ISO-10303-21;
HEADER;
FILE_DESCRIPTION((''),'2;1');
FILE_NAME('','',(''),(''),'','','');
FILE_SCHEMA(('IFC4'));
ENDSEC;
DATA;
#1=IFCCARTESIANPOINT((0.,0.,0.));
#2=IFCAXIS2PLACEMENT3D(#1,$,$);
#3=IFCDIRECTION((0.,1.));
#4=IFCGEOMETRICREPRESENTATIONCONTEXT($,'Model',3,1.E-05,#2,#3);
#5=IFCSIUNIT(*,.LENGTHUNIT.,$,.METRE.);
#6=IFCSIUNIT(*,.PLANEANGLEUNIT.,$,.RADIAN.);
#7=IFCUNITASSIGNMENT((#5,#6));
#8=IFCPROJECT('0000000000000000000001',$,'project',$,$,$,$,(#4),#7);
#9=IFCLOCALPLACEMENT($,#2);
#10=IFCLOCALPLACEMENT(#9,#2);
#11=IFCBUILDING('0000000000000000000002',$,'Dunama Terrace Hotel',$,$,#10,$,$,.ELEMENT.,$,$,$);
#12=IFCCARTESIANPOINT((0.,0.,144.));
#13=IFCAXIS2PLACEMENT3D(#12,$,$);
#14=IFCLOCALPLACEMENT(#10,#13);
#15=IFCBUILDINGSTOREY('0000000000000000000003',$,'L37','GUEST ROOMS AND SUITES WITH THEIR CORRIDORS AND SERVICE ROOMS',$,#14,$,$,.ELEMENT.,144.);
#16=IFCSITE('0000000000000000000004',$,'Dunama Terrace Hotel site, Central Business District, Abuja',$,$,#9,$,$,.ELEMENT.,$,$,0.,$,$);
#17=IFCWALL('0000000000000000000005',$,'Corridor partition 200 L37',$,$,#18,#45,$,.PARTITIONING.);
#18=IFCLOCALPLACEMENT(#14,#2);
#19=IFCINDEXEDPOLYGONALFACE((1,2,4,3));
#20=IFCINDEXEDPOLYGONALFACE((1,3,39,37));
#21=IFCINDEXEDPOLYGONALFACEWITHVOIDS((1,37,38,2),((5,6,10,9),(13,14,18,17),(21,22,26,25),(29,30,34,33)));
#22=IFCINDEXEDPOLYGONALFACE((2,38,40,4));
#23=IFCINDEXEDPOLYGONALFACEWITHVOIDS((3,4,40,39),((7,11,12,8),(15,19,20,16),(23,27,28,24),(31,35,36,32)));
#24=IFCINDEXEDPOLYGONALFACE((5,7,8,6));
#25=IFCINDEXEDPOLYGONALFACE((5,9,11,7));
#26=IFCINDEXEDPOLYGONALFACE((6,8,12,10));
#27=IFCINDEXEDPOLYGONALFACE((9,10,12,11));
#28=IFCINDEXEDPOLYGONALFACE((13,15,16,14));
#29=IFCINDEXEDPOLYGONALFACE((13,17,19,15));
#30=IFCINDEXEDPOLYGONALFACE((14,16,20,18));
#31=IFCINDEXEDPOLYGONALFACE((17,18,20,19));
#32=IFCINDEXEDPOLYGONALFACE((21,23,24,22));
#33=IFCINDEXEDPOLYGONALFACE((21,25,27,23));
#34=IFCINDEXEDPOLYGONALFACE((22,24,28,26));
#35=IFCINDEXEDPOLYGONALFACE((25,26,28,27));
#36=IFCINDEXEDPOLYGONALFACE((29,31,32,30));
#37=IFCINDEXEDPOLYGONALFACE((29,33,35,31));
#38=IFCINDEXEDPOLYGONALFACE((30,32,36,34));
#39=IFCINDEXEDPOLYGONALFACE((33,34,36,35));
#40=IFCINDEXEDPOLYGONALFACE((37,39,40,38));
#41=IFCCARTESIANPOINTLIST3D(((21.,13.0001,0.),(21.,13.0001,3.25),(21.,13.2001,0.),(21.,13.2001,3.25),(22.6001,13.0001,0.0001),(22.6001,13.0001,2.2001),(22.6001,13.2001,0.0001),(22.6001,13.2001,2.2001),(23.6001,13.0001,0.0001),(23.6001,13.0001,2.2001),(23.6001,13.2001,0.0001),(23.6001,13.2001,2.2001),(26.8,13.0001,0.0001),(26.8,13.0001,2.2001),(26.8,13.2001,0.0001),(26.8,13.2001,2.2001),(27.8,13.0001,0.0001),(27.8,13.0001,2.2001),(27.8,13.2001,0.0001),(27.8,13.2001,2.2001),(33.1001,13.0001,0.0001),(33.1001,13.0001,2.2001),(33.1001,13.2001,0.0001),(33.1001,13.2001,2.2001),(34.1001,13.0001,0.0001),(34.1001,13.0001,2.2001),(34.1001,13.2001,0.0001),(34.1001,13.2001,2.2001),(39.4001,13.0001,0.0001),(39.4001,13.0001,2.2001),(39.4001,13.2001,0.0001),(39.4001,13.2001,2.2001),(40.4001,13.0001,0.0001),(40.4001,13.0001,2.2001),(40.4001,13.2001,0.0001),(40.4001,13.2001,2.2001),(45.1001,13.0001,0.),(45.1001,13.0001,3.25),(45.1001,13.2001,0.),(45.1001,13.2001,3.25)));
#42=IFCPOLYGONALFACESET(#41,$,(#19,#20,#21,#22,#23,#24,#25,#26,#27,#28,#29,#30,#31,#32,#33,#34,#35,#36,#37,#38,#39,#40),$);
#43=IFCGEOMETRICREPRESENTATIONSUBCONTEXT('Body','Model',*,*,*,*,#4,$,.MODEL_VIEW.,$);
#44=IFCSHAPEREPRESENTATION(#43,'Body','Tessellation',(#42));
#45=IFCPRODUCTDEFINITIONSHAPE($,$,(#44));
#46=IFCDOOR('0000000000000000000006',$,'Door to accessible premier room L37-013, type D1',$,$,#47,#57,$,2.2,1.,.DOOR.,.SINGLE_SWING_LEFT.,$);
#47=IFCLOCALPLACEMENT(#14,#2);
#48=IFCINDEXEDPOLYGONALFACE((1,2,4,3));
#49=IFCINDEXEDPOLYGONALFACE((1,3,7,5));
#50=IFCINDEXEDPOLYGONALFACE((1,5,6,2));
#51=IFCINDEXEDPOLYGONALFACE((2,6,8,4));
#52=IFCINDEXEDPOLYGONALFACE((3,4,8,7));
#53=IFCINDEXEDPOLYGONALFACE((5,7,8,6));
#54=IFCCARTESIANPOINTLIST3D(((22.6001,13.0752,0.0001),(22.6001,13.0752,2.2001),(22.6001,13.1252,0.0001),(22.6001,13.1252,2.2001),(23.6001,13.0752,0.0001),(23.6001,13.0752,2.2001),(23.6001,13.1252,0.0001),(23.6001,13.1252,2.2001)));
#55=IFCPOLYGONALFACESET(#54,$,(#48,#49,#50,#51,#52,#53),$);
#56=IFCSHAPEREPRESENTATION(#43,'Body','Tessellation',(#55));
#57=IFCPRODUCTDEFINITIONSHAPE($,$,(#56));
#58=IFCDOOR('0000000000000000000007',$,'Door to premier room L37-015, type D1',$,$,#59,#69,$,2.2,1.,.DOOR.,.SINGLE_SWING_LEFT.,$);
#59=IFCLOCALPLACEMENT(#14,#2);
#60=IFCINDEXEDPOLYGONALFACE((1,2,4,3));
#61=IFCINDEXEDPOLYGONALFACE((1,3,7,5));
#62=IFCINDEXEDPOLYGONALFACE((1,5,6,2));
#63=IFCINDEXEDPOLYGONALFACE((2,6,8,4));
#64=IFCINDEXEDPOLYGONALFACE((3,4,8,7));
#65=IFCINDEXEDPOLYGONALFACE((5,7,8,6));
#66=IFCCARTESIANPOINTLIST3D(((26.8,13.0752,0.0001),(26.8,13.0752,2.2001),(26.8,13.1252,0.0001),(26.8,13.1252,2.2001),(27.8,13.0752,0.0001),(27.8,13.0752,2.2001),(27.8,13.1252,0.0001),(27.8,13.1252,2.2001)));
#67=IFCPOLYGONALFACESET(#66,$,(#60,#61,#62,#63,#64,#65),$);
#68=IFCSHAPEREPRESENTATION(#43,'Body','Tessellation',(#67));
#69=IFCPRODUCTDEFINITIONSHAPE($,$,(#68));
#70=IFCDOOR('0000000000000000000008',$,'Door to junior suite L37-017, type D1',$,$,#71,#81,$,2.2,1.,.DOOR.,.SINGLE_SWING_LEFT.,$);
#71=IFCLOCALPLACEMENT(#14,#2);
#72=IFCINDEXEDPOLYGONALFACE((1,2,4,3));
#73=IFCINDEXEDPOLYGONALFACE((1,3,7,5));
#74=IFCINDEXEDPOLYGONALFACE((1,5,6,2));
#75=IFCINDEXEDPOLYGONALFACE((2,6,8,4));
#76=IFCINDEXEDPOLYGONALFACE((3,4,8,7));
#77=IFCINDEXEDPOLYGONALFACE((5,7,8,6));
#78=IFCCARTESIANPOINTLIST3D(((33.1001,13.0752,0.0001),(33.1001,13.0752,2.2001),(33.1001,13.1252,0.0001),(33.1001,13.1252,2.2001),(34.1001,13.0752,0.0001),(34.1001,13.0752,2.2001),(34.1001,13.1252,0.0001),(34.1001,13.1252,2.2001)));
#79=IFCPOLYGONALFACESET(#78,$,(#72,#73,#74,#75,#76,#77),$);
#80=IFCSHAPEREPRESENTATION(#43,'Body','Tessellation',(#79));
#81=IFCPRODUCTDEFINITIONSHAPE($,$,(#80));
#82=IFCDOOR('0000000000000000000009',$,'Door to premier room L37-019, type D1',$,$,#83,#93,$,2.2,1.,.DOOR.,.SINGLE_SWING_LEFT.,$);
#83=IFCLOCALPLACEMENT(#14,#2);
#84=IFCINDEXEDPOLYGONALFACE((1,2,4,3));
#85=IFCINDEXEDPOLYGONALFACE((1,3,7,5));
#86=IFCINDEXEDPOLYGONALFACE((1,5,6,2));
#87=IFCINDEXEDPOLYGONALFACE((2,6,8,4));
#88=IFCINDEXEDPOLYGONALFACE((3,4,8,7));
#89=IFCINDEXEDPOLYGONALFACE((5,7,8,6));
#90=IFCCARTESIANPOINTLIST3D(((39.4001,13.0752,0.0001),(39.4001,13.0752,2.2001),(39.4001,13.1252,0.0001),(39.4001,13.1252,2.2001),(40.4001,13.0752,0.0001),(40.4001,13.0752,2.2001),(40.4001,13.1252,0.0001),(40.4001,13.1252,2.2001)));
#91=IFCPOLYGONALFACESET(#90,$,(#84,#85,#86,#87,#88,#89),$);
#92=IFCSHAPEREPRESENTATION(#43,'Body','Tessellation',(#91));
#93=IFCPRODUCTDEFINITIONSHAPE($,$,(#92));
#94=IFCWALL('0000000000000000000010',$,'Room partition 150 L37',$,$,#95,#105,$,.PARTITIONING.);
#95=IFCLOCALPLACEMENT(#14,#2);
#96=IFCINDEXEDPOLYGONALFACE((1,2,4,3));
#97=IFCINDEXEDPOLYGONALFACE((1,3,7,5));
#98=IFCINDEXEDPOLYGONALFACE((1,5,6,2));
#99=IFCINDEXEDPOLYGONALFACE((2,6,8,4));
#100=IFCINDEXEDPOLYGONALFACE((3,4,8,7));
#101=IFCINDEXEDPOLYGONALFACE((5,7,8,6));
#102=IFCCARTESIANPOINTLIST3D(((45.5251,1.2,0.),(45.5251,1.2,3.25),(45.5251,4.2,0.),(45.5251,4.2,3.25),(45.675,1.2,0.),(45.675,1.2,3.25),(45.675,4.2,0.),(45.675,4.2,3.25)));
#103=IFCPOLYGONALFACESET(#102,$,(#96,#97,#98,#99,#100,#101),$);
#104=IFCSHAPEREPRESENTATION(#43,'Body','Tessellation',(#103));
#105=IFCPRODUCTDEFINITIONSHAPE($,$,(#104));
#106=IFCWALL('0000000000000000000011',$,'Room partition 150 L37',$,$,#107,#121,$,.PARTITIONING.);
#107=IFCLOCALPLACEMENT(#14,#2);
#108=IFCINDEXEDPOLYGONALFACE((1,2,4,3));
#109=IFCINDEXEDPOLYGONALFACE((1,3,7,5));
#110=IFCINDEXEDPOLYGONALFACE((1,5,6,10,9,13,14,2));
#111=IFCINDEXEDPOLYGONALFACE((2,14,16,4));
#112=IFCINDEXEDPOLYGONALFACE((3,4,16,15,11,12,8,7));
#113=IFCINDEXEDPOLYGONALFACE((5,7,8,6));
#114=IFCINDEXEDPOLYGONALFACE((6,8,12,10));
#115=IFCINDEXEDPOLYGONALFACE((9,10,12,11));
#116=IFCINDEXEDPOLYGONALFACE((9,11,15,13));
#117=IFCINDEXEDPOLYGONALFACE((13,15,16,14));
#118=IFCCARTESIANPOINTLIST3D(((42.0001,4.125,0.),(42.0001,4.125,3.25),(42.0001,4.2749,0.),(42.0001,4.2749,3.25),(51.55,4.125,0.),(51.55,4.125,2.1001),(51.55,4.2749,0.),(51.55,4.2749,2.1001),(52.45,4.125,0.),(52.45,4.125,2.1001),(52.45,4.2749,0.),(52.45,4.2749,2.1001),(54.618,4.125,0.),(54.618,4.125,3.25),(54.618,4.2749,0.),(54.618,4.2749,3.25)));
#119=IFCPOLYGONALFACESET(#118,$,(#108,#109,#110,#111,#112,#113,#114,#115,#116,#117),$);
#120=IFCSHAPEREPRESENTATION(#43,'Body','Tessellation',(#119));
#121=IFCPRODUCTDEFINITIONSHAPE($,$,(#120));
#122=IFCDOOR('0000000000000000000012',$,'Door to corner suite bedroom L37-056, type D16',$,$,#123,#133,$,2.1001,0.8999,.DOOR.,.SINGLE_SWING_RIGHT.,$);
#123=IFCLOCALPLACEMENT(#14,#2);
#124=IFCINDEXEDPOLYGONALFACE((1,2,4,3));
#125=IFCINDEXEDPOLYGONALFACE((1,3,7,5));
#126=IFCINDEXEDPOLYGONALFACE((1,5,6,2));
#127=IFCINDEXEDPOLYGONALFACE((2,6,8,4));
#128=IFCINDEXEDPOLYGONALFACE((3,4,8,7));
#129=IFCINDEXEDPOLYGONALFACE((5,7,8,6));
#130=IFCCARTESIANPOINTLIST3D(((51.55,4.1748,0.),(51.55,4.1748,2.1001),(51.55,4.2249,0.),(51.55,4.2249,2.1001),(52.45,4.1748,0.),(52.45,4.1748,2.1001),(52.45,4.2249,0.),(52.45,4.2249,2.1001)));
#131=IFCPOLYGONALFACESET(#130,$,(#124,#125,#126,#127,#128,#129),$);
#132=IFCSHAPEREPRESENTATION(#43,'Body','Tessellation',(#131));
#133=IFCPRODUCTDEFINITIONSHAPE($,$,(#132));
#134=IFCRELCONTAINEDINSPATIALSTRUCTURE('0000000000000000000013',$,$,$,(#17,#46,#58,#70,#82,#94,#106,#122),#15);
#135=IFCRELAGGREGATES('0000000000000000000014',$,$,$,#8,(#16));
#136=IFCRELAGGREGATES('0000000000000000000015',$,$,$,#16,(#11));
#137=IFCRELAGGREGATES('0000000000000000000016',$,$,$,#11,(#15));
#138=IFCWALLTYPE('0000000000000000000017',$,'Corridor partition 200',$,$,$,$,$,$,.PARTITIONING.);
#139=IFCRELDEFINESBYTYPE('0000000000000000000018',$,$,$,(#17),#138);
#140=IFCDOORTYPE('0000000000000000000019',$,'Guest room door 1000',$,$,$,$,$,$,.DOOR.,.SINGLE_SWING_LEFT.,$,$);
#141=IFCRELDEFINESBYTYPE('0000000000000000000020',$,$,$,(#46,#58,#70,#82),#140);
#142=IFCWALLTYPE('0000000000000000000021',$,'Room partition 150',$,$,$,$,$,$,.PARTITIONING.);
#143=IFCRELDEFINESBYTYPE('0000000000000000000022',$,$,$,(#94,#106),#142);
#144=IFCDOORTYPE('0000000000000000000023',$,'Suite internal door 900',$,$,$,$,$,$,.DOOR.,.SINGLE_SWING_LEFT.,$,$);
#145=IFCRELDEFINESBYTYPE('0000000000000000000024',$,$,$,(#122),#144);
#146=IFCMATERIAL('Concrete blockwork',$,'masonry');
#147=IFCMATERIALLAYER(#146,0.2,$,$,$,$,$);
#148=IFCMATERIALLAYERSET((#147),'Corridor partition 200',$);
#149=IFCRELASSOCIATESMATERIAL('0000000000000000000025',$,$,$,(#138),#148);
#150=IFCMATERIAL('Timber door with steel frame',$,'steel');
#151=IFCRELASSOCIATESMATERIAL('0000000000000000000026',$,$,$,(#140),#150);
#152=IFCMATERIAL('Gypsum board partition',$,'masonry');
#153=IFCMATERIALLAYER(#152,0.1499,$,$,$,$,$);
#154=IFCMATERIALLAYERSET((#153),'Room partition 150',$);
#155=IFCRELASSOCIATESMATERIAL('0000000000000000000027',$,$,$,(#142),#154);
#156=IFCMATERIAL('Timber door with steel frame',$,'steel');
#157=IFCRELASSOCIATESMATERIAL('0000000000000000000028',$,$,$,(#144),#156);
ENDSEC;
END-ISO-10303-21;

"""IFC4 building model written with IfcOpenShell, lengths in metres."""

from ifc_helpers import new_model, si_unit, direction, frame, frame_2d, origin, place, context, subcontext, project, spatial, rectangle, extrude, material, layer, layer_set, type_object, element, fill, save


model = new_model("IFC4")

# Units and contexts
model_context = context("Model", 3, precision=1e-05, world=origin(), true_north=direction((0.0, 1.0)))
body_context = subcontext(model_context, "Body", "Model", "MODEL_VIEW")
ifc_project = project(units=[si_unit("LENGTHUNIT", "METRE"), si_unit("PLANEANGLEUNIT", "RADIAN")], contexts=[model_context])

# Site, building, storey
site_placement = place(None, origin())
site = spatial("IfcSite", under=ifc_project, at=site_placement, Name="Dunama Terrace Hotel site, Central Business District, Abuja", CompositionType="ELEMENT", RefElevation=0.0)
building_placement = place(site_placement, origin())
building = spatial("IfcBuilding", under=site, at=building_placement, Name="Dunama Terrace Hotel", CompositionType="ELEMENT")
storey_placement = place(building_placement, frame((0.0, 0.0, 144.0)))
storey = spatial("IfcBuildingStorey", under=building, at=storey_placement, Name="L37", Description="GUEST ROOMS AND SUITES WITH THEIR CORRIDORS AND SERVICE ROOMS", CompositionType="ELEMENT", Elevation=144.0)

# Wall, openings, doors
ifc_material_1 = material(Name="Concrete blockwork", Category="masonry")
ifc_layer_1 = layer(ifc_material_1, 0.2)
ifc_layer_set_1 = layer_set([ifc_layer_1], Name="Corridor partition 200")
wall_type_1 = type_object("IfcWallType", Name="Corridor partition 200", PredefinedType="PARTITIONING", material=ifc_layer_set_1)
wall_1_placement = place(storey_placement, frame((45.1001, 13.1001, 0.0), z_axis=(0.0, 0.0, 1.0), x_axis=(-1.0, 0.0, 0.0)))
wall_1 = element("IfcWall", 1, at=wall_1_placement, inside=storey, type_object=wall_type_1, Name="Corridor partition 200 L37", PredefinedType="PARTITIONING", context=body_context, shape_type="SweptSolid", body=[
    extrude(rectangle(XDim=24.1001, YDim=0.2, at=frame_2d((12.05, 0.0))), origin(), (0.0, 0.0, 1.0), 3.25),
])
opening_1_placement = place(wall_1_placement, frame((21.5, 0.0, 0.0)))
opening_1 = element("IfcOpeningElement", 2, at=opening_1_placement, cuts=wall_1, PredefinedType="OPENING", context=body_context, shape_type="SweptSolid", body=[
    extrude(rectangle(XDim=1.0, YDim=2.2, at=frame_2d((0.5, 1.1001))), frame((0.0, 0.1099, 0.0), z_axis=(0.0, -1.0, 0.0), x_axis=(1.0, 0.0, 0.0)), (0.0, 0.0, 1.0), 0.22),
])
opening_2_placement = place(wall_1_placement, frame((17.3, 0.0, 0.0)))
opening_2 = element("IfcOpeningElement", 3, at=opening_2_placement, cuts=wall_1, PredefinedType="OPENING", context=body_context, shape_type="SweptSolid", body=[
    extrude(rectangle(XDim=1.0, YDim=2.2, at=frame_2d((0.5, 1.1001))), frame((0.0, 0.1099, 0.0), z_axis=(0.0, -1.0, 0.0), x_axis=(1.0, 0.0, 0.0)), (0.0, 0.0, 1.0), 0.22),
])
opening_3_placement = place(wall_1_placement, frame((11.0, 0.0, 0.0)))
opening_3 = element("IfcOpeningElement", 4, at=opening_3_placement, cuts=wall_1, PredefinedType="OPENING", context=body_context, shape_type="SweptSolid", body=[
    extrude(rectangle(XDim=1.0, YDim=2.2, at=frame_2d((0.5, 1.1001))), frame((0.0, 0.1099, 0.0), z_axis=(0.0, -1.0, 0.0), x_axis=(1.0, 0.0, 0.0)), (0.0, 0.0, 1.0), 0.22),
])
opening_4_placement = place(wall_1_placement, frame((4.7, 0.0, 0.0)))
opening_4 = element("IfcOpeningElement", 5, at=opening_4_placement, cuts=wall_1, PredefinedType="OPENING", context=body_context, shape_type="SweptSolid", body=[
    extrude(rectangle(XDim=1.0, YDim=2.2, at=frame_2d((0.5, 1.1001))), frame((0.0, 0.1099, 0.0), z_axis=(0.0, -1.0, 0.0), x_axis=(1.0, 0.0, 0.0)), (0.0, 0.0, 1.0), 0.22),
])
ifc_material_2 = material(Name="Timber door with steel frame", Category="steel")
door_type_1 = type_object("IfcDoorType", Name="Guest room door 1000", OperationType="SINGLE_SWING_LEFT", PredefinedType="DOOR", material=ifc_material_2)
door_1_placement = place(opening_1_placement, origin())
door_1 = element("IfcDoor", 6, at=door_1_placement, inside=storey, type_object=door_type_1, Name="Door to accessible premier room L37-013, type D1", OperationType="SINGLE_SWING_LEFT", OverallHeight=2.2, OverallWidth=1.0, PredefinedType="DOOR", context=body_context, shape_type="SweptSolid", body=[
    extrude(rectangle(XDim=1.0, YDim=2.2, at=frame_2d((0.5, 1.1001))), frame((0.0, 0.0249, 0.0), z_axis=(0.0, -1.0, 0.0), x_axis=(1.0, 0.0, 0.0)), (0.0, 0.0, 1.0), 0.05),
])
fill(opening_1, door_1)
door_2_placement = place(opening_2_placement, origin())
door_2 = element("IfcDoor", 7, at=door_2_placement, inside=storey, type_object=door_type_1, Name="Door to premier room L37-015, type D1", OperationType="SINGLE_SWING_LEFT", OverallHeight=2.2, OverallWidth=1.0, PredefinedType="DOOR", context=body_context, shape_type="SweptSolid", body=[
    extrude(rectangle(XDim=1.0, YDim=2.2, at=frame_2d((0.5, 1.1001))), frame((0.0, 0.0249, 0.0), z_axis=(0.0, -1.0, 0.0), x_axis=(1.0, 0.0, 0.0)), (0.0, 0.0, 1.0), 0.05),
])
fill(opening_2, door_2)
door_3_placement = place(opening_3_placement, origin())
door_3 = element("IfcDoor", 8, at=door_3_placement, inside=storey, type_object=door_type_1, Name="Door to junior suite L37-017, type D1", OperationType="SINGLE_SWING_LEFT", OverallHeight=2.2, OverallWidth=1.0, PredefinedType="DOOR", context=body_context, shape_type="SweptSolid", body=[
    extrude(rectangle(XDim=1.0, YDim=2.2, at=frame_2d((0.5, 1.1001))), frame((0.0, 0.0249, 0.0), z_axis=(0.0, -1.0, 0.0), x_axis=(1.0, 0.0, 0.0)), (0.0, 0.0, 1.0), 0.05),
])
fill(opening_3, door_3)
door_4_placement = place(opening_4_placement, origin())
door_4 = element("IfcDoor", 9, at=door_4_placement, inside=storey, type_object=door_type_1, Name="Door to premier room L37-019, type D1", OperationType="SINGLE_SWING_LEFT", OverallHeight=2.2, OverallWidth=1.0, PredefinedType="DOOR", context=body_context, shape_type="SweptSolid", body=[
    extrude(rectangle(XDim=1.0, YDim=2.2, at=frame_2d((0.5, 1.1001))), frame((0.0, 0.0249, 0.0), z_axis=(0.0, -1.0, 0.0), x_axis=(1.0, 0.0, 0.0)), (0.0, 0.0, 1.0), 0.05),
])
fill(opening_4, door_4)

# Wall
ifc_material_3 = material(Name="Gypsum board partition", Category="masonry")
ifc_layer_2 = layer(ifc_material_3, 0.1499)
ifc_layer_set_2 = layer_set([ifc_layer_2], Name="Room partition 150")
wall_type_2 = type_object("IfcWallType", Name="Room partition 150", PredefinedType="PARTITIONING", material=ifc_layer_set_2)
wall_2_placement = place(storey_placement, frame((45.6001, 1.2, 0.0), z_axis=(0.0, 0.0, 1.0), x_axis=(0.0, 1.0, 0.0)))
element("IfcWall", 10, at=wall_2_placement, inside=storey, type_object=wall_type_2, Name="Room partition 150 L37", PredefinedType="PARTITIONING", context=body_context, shape_type="SweptSolid", body=[
    extrude(rectangle(XDim=3.0, YDim=0.1499, at=frame_2d((1.5, 0.0))), origin(), (0.0, 0.0, 1.0), 3.25),
])

# Wall, opening, door
wall_3_placement = place(storey_placement, frame((42.0, 4.2, 0.0), z_axis=(0.0, 0.0, 1.0), x_axis=(1.0, 0.0, 0.0)))
wall_3 = element("IfcWall", 11, at=wall_3_placement, inside=storey, type_object=wall_type_2, Name="Room partition 150 L37", PredefinedType="PARTITIONING", context=body_context, shape_type="SweptSolid", body=[
    extrude(rectangle(XDim=12.6179, YDim=0.1499, at=frame_2d((6.3091, 0.0))), origin(), (0.0, 0.0, 1.0), 3.25),
])
opening_5_placement = place(wall_3_placement, frame((9.55, 0.0, 0.0)))
opening_5 = element("IfcOpeningElement", 12, at=opening_5_placement, cuts=wall_3, PredefinedType="OPENING", context=body_context, shape_type="SweptSolid", body=[
    extrude(rectangle(XDim=0.8999, YDim=2.1001, at=frame_2d((0.45, 1.05))), frame((0.0, 0.085, 0.0), z_axis=(0.0, -1.0, 0.0), x_axis=(1.0, 0.0, 0.0)), (0.0, 0.0, 1.0), 0.1699),
])
ifc_material_4 = material(Name="Timber door with steel frame", Category="steel")
door_type_2 = type_object("IfcDoorType", Name="Suite internal door 900", OperationType="SINGLE_SWING_LEFT", PredefinedType="DOOR", material=ifc_material_4)
door_5_placement = place(opening_5_placement, frame((0.8999, 0.0, 0.0), z_axis=(0.0, 0.0, 1.0), x_axis=(-1.0, 0.0, 0.0)))
door_5 = element("IfcDoor", 13, at=door_5_placement, inside=storey, type_object=door_type_2, Name="Door to corner suite bedroom L37-056, type D16", OperationType="SINGLE_SWING_RIGHT", OverallHeight=2.1001, OverallWidth=0.8999, PredefinedType="DOOR", context=body_context, shape_type="SweptSolid", body=[
    extrude(rectangle(XDim=0.8999, YDim=2.1001, at=frame_2d((0.45, 1.05))), frame((0.0, 0.0251, 0.0), z_axis=(0.0, -1.0, 0.0), x_axis=(1.0, 0.0, 0.0)), (0.0, 0.0, 1.0), 0.05),
])
fill(opening_5, door_5)

save(model, "model.ifc")
